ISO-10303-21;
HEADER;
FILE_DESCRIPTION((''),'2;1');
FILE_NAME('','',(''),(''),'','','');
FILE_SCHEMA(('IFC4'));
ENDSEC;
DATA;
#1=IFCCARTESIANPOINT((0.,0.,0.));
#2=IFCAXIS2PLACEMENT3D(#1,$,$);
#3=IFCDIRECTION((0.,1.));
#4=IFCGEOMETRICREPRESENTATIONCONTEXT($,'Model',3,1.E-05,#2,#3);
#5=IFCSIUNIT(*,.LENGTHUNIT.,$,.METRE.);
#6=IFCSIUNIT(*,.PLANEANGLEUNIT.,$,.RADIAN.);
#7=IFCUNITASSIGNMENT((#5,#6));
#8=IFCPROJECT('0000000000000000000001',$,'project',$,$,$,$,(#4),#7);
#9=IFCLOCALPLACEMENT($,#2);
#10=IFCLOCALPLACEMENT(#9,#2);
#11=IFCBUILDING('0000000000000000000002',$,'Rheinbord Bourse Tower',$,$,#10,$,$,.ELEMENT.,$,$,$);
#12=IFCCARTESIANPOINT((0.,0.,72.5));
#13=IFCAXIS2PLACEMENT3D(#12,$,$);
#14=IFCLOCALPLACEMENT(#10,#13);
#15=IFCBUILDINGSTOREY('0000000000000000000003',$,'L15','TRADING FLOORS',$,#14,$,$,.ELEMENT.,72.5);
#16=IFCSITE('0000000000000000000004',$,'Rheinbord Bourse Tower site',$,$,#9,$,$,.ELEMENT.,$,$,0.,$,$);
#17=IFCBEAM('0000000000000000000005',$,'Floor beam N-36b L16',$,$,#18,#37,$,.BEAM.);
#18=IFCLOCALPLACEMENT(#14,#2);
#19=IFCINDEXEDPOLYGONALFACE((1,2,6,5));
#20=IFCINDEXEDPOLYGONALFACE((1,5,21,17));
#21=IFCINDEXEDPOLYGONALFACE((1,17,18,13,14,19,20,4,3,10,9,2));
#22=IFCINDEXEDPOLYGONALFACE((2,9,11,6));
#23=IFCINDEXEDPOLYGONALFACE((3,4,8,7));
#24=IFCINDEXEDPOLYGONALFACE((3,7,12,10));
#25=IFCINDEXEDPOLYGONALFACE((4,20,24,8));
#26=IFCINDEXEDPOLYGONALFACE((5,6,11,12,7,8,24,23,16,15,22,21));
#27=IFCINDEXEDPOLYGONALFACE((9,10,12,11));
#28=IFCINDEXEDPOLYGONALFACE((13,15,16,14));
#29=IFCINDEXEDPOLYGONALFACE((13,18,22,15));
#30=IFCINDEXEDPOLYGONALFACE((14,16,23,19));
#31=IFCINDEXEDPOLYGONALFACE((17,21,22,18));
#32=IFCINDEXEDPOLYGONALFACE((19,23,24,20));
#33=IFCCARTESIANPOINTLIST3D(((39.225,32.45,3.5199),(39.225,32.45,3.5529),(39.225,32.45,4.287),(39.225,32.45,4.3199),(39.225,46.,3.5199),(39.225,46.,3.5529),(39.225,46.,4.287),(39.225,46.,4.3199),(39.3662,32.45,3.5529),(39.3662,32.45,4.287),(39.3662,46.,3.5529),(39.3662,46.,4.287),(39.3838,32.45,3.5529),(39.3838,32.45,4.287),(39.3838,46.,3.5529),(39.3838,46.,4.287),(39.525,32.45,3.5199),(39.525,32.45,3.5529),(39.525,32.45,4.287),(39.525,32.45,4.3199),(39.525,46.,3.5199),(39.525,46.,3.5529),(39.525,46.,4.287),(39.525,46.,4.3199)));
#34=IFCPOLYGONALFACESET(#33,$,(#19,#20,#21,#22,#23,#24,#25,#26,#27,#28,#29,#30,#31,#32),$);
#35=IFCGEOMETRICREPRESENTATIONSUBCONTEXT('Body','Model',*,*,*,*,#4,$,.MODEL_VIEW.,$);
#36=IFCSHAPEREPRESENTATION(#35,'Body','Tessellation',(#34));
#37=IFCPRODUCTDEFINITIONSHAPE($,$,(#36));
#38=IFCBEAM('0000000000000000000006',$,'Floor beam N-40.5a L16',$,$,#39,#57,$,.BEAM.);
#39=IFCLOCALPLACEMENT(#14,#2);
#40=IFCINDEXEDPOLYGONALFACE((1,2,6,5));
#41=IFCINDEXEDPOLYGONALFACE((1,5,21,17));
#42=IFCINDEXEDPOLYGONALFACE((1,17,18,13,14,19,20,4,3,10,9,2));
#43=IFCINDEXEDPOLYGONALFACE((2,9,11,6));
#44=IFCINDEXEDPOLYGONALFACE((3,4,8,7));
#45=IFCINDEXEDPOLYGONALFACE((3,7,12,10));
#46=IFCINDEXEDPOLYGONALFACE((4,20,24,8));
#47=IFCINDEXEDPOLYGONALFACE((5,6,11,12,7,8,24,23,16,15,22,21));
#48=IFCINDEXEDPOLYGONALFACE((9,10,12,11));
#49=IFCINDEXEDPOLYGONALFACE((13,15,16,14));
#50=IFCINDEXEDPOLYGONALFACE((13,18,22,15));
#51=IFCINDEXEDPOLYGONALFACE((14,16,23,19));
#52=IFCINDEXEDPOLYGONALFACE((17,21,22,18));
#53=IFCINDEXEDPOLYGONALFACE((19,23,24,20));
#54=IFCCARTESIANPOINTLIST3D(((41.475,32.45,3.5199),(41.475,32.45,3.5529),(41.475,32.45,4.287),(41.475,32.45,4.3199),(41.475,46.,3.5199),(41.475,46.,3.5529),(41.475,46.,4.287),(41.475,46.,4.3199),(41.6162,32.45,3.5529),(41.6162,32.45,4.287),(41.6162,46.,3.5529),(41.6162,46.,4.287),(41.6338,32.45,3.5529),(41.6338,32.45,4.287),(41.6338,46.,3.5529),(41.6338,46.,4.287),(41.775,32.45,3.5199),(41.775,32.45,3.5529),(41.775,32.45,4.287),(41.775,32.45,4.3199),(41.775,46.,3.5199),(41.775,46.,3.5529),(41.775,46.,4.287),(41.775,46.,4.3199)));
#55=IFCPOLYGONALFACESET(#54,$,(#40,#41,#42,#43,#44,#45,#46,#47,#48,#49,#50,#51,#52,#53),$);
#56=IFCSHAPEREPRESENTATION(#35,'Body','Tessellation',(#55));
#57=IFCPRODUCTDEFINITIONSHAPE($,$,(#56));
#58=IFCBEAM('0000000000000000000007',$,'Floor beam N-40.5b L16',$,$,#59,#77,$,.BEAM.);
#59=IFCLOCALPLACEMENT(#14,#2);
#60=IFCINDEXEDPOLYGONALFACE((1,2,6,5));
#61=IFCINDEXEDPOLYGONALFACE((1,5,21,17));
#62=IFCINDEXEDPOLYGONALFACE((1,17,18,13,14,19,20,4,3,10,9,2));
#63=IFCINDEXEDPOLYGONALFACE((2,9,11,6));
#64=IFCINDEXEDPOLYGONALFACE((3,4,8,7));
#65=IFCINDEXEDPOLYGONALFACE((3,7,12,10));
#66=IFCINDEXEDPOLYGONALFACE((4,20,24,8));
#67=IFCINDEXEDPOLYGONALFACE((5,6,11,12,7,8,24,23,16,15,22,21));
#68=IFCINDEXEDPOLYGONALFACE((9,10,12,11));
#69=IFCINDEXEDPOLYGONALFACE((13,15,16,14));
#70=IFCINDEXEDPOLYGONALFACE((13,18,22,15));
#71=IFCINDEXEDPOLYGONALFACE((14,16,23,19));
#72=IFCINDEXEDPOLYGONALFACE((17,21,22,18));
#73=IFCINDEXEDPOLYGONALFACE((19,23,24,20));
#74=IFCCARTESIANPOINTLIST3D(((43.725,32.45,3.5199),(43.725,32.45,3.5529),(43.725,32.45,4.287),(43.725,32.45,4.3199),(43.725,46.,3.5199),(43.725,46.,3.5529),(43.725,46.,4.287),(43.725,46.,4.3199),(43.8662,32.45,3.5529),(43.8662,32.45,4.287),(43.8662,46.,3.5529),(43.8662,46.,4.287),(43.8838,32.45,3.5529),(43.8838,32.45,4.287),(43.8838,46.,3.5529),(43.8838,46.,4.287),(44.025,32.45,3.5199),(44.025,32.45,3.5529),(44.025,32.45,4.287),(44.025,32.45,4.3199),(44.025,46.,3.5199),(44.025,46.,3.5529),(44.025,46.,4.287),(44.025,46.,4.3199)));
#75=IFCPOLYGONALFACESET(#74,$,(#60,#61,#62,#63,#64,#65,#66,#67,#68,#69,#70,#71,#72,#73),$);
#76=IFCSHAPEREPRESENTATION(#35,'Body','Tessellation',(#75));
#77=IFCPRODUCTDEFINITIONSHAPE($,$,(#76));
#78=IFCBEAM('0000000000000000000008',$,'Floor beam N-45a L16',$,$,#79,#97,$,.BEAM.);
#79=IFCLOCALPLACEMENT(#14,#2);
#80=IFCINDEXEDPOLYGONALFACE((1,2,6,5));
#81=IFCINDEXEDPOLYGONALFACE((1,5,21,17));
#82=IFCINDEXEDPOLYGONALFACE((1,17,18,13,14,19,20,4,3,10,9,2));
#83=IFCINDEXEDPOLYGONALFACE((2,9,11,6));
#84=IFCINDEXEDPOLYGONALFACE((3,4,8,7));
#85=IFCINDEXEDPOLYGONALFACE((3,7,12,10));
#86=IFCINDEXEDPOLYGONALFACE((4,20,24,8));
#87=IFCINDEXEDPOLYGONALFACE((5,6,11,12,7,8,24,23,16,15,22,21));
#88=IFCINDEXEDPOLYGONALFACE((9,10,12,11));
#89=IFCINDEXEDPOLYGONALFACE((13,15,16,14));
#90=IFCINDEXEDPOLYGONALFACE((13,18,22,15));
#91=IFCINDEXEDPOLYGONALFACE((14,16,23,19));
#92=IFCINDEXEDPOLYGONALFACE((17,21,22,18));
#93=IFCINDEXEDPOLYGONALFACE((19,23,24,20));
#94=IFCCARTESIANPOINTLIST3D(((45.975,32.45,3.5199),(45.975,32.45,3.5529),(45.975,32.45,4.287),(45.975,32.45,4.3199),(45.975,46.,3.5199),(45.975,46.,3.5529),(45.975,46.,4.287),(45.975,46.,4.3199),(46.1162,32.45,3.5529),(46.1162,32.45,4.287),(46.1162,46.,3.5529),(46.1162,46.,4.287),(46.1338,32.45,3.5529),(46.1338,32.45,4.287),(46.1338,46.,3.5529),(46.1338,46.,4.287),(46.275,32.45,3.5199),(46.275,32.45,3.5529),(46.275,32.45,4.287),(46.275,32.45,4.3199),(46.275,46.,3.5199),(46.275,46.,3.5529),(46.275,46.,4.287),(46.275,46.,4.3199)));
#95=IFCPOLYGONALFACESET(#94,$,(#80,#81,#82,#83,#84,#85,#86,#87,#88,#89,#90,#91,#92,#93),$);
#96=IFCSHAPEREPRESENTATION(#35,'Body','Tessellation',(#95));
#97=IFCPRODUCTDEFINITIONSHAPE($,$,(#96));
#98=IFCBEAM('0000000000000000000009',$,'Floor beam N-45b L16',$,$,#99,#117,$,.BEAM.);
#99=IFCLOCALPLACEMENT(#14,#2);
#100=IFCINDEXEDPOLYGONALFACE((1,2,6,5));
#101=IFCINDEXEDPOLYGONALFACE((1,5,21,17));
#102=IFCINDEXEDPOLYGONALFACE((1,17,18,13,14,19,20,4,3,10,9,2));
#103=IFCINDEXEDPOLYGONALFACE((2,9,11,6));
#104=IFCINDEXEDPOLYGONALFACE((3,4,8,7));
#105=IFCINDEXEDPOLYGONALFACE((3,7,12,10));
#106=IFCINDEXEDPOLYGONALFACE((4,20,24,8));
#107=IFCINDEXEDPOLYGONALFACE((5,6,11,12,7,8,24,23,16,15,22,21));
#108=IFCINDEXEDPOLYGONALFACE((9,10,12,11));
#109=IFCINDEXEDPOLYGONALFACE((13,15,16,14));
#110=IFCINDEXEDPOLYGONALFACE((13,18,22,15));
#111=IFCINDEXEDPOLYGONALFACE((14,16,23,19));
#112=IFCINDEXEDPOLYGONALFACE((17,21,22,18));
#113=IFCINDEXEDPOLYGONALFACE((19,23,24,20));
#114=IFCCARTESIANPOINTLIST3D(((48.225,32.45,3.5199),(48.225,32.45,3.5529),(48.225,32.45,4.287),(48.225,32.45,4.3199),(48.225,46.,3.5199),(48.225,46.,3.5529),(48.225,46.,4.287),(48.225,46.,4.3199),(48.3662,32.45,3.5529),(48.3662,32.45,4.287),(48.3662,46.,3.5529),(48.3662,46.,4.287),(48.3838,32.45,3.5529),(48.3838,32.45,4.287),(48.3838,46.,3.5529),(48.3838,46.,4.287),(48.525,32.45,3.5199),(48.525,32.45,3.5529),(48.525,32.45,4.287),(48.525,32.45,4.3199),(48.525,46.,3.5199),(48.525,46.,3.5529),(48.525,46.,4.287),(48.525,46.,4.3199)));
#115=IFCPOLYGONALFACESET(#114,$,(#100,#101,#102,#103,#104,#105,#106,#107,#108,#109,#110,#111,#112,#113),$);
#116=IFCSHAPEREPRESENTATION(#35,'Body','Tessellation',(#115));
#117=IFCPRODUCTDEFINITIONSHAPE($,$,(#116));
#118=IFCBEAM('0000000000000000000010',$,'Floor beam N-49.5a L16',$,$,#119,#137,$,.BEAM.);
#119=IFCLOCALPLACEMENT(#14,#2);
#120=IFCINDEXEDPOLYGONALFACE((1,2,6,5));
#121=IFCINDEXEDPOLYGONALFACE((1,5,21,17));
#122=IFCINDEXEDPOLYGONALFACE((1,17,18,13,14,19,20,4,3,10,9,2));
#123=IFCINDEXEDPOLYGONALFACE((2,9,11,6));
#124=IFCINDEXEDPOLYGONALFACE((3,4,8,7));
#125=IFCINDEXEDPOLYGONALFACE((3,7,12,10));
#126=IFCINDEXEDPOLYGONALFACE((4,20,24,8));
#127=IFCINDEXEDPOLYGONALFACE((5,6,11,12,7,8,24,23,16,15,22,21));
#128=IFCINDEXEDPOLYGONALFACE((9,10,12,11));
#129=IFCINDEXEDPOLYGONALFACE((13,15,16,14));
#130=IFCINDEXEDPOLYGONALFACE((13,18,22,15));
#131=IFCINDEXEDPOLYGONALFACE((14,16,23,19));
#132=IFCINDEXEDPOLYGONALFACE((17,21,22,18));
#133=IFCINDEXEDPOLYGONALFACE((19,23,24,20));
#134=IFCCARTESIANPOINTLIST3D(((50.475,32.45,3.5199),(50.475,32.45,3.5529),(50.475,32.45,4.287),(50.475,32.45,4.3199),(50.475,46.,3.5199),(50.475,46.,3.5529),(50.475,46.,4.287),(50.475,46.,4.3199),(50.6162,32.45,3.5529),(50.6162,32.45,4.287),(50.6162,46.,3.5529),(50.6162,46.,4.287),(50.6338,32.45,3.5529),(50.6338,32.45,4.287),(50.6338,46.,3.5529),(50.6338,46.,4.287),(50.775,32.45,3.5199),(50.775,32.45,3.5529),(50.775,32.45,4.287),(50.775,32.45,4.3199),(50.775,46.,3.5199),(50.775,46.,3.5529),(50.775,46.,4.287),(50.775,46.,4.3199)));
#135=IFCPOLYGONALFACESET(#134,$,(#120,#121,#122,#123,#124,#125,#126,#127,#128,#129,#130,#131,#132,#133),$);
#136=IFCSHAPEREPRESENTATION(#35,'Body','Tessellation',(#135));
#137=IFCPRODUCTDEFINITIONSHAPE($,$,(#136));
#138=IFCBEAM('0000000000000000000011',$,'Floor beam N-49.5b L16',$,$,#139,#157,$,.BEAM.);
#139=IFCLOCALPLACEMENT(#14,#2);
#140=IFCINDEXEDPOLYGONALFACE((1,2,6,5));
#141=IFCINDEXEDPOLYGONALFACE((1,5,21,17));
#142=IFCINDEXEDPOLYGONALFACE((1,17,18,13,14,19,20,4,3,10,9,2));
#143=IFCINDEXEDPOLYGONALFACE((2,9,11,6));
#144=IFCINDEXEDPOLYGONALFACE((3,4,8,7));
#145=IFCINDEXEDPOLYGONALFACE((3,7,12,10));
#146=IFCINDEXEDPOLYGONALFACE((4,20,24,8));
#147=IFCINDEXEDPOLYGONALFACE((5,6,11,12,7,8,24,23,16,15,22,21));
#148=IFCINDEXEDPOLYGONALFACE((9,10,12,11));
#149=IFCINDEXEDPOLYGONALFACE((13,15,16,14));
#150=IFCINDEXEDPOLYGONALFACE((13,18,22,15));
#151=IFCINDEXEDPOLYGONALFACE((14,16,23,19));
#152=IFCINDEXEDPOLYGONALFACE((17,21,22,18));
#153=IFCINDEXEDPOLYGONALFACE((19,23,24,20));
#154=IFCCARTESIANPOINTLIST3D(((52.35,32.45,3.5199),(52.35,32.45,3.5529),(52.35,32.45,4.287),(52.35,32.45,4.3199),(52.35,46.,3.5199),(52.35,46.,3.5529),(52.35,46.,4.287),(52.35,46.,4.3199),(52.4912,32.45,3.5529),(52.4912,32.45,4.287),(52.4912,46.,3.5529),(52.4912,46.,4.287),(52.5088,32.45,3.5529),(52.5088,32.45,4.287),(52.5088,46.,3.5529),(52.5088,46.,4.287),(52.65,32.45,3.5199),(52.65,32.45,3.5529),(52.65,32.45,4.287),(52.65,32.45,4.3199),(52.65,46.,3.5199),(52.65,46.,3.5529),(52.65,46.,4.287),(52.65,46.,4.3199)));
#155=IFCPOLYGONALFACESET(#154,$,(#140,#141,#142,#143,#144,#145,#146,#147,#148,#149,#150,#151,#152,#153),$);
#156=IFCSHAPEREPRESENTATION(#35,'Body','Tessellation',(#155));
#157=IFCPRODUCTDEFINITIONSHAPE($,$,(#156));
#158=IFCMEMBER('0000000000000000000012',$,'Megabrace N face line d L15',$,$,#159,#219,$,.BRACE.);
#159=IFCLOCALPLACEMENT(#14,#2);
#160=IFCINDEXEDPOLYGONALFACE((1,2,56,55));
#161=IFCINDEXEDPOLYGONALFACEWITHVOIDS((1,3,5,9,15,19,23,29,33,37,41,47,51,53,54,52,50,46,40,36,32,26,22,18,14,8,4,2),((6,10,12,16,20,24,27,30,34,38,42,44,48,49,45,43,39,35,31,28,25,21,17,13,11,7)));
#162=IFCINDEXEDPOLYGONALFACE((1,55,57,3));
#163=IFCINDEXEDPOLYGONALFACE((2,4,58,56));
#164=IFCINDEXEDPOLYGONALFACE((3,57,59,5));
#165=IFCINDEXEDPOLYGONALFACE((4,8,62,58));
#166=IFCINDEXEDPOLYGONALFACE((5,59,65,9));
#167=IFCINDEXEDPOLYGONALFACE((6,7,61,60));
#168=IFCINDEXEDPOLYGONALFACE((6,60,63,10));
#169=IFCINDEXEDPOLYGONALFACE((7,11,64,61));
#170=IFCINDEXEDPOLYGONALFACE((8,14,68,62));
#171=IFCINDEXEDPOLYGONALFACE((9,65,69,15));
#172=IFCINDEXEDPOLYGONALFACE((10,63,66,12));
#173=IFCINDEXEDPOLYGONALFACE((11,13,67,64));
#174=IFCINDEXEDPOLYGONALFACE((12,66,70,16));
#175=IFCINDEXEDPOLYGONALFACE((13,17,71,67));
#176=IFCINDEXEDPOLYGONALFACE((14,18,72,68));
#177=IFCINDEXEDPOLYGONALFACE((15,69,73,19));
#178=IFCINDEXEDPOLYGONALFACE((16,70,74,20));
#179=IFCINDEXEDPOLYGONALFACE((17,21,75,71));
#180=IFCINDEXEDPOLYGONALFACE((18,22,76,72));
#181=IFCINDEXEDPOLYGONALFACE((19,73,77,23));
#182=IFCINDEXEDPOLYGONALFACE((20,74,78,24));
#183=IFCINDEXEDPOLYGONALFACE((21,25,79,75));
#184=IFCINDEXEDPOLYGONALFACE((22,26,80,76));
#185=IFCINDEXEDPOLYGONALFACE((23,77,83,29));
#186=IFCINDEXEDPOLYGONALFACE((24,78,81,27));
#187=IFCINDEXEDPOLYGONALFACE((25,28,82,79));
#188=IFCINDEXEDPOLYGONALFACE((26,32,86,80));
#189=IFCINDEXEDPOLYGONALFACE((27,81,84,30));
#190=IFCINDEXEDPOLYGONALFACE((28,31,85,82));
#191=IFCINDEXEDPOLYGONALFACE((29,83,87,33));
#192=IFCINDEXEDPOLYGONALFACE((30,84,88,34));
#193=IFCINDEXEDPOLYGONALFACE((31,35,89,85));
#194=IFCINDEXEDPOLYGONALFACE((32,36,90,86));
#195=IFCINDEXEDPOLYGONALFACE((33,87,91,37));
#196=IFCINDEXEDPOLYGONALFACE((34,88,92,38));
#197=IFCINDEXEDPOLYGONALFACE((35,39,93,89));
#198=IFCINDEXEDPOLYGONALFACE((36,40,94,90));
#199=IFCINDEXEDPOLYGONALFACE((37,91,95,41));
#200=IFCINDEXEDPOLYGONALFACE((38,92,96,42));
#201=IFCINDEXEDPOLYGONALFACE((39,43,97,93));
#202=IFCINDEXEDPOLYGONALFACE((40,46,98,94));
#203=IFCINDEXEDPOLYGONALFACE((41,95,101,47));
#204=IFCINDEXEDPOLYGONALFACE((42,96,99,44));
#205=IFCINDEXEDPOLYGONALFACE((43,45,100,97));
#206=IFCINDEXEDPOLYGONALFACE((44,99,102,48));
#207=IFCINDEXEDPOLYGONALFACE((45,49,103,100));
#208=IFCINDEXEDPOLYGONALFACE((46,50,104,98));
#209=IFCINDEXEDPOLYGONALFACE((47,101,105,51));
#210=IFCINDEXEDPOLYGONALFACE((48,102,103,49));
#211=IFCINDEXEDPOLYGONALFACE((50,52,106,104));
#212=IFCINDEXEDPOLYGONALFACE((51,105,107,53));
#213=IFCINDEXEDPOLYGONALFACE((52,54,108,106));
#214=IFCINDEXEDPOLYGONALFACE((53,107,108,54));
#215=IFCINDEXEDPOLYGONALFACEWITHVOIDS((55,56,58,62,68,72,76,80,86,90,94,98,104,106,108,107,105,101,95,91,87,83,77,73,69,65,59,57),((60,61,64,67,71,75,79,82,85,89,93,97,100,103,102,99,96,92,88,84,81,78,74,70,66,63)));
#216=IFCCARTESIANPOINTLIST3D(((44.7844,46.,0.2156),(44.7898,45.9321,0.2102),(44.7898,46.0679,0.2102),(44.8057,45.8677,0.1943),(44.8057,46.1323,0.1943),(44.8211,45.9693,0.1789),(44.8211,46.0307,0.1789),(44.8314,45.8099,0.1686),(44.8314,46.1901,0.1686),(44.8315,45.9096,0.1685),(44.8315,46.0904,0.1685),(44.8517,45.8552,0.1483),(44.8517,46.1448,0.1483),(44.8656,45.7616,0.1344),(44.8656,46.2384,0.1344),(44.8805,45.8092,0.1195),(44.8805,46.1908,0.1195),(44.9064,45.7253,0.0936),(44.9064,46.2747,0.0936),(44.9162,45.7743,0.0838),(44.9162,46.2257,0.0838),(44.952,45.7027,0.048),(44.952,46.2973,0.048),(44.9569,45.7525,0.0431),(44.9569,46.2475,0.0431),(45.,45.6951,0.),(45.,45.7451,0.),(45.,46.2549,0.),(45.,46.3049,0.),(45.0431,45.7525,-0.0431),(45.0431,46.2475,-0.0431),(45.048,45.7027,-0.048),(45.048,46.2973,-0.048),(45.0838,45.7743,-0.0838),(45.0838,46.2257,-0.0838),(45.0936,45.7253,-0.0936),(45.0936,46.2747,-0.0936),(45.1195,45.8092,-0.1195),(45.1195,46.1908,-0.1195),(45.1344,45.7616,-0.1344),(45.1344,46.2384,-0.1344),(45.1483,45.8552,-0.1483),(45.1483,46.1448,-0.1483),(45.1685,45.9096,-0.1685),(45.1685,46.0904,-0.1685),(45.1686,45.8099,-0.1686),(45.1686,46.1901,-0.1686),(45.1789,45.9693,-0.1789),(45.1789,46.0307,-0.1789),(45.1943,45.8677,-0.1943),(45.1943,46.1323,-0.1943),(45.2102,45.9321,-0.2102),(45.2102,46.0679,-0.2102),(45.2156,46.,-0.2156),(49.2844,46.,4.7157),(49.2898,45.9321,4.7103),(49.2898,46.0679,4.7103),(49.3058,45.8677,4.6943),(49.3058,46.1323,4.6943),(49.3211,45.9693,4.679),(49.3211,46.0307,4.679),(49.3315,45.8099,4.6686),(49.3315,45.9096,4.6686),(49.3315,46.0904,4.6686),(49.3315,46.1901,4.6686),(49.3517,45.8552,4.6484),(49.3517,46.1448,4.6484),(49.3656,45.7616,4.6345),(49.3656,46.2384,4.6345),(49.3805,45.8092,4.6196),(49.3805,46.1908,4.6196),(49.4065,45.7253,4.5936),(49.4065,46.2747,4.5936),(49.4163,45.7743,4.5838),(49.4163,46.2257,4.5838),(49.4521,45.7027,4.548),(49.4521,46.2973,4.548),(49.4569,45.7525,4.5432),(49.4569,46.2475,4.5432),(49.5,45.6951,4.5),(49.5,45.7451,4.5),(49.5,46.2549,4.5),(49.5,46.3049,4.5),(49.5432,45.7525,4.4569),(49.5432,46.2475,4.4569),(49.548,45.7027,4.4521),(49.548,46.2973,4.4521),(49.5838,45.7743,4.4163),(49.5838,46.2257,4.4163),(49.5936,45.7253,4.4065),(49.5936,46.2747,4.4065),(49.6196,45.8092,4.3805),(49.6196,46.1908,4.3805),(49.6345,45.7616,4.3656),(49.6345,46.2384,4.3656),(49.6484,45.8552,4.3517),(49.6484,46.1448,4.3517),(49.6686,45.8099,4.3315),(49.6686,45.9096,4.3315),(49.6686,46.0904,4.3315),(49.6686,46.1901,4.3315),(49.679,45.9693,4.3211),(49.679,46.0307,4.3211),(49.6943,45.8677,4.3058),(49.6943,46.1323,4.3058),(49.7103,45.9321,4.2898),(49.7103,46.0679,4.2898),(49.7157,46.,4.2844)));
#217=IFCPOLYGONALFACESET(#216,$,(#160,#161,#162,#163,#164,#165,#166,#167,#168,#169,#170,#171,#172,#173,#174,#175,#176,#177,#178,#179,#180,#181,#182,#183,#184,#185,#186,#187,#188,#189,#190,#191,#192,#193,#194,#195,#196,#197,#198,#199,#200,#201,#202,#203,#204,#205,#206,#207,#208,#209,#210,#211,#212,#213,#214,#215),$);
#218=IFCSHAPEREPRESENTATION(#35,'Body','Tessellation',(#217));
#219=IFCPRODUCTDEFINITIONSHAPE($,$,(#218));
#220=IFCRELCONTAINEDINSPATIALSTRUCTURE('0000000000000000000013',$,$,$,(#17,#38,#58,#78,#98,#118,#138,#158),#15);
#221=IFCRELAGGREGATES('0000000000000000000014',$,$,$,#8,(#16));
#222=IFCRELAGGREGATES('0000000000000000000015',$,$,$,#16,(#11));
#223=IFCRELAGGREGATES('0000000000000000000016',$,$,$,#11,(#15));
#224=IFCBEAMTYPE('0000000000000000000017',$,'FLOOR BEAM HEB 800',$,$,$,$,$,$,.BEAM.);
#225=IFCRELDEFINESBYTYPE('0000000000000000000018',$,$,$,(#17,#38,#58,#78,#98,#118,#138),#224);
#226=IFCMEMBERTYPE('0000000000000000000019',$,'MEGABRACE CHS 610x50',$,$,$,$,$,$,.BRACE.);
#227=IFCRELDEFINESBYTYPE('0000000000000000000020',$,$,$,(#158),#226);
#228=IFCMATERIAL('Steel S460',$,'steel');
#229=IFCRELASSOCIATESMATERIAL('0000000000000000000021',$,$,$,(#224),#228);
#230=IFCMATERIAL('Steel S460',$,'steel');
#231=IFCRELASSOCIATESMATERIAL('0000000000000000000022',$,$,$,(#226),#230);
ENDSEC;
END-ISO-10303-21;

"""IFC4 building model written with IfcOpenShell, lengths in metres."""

from ifc_helpers import new_model, si_unit, direction, frame, origin, origin_2d, place, context, subcontext, project, spatial, hollow_circle, i_section, extrude, material, material_profile, profile_set, type_object, element, save


model = new_model("IFC4")

# Units and contexts
model_context = context("Model", 3, precision=1e-05, world=origin(), true_north=direction((0.0, 1.0)))
body_context = subcontext(model_context, "Body", "Model", "MODEL_VIEW")
ifc_project = project(units=[si_unit("LENGTHUNIT", "METRE"), si_unit("PLANEANGLEUNIT", "RADIAN")], contexts=[model_context])

# Site, building, storey
site_placement = place(None, origin())
site = spatial("IfcSite", under=ifc_project, at=site_placement, Name="Rheinbord Bourse Tower site", CompositionType="ELEMENT", RefElevation=0.0)
building_placement = place(site_placement, origin())
building = spatial("IfcBuilding", under=site, at=building_placement, Name="Rheinbord Bourse Tower", CompositionType="ELEMENT")
storey_placement = place(building_placement, frame((0.0, 0.0, 72.5)))
storey = spatial("IfcBuildingStorey", under=building, at=storey_placement, Name="L15", Description="TRADING FLOORS", CompositionType="ELEMENT", Elevation=72.5)

# Beams
ifc_material_1 = material(Name="Steel S460", Category="steel")
ifc_material_profile_1 = material_profile(ifc_material_1, i_section(OverallWidth=0.3, OverallDepth=0.8, WebThickness=0.0176, FlangeThickness=0.033, at=origin_2d()), Name="HEB 800")
ifc_profile_set_1 = profile_set([ifc_material_profile_1], Name="Steel S460")
beam_type_1 = type_object("IfcBeamType", Name="FLOOR BEAM HEB 800", PredefinedType="BEAM", material=ifc_profile_set_1)
for number, where, z_axis, x_axis, name in (
    (1, (39.375, 46.0, 3.9199), (0.0, -1.0, 0.0), (1.0, 0.0, 0.0), "Floor beam N-36b L16"),
    (2, (41.625, 46.0, 3.9199), (0.0, -1.0, 0.0), (1.0, 0.0, 0.0), "Floor beam N-40.5a L16"),
    (3, (43.875, 46.0, 3.9199), (0.0, -1.0, 0.0), (1.0, 0.0, 0.0), "Floor beam N-40.5b L16"),
    (4, (46.125, 46.0, 3.9199), (0.0, -1.0, 0.0), (1.0, 0.0, 0.0), "Floor beam N-45a L16"),
    (5, (48.375, 46.0, 3.9199), (0.0, -1.0, 0.0), (1.0, 0.0, 0.0), "Floor beam N-45b L16"),
    (6, (50.625, 46.0, 3.9199), (0.0, -1.0, 0.0), (1.0, 0.0, 0.0), "Floor beam N-49.5a L16"),
    (7, (52.5, 46.0, 3.9199), (0.0, -1.0, 0.0), (1.0, 0.0, 0.0), "Floor beam N-49.5b L16"),
):
    element("IfcBeam", number, at=place(storey_placement, frame(where, z_axis=z_axis, x_axis=x_axis)), inside=storey, type_object=beam_type_1, Name=name, PredefinedType="BEAM", context=body_context, shape_type="SweptSolid", body=[
        extrude(i_section(OverallWidth=0.3, OverallDepth=0.8, WebThickness=0.0176, FlangeThickness=0.033, at=origin_2d()), origin(), (0.0, 0.0, 1.0), 13.55),
    ])

# Member
ifc_material_2 = material(Name="Steel S460", Category="steel")
ifc_material_profile_2 = material_profile(ifc_material_2, hollow_circle(Radius=0.3049, WallThickness=0.05, at=origin_2d()), Name="CHS 610x50")
ifc_profile_set_2 = profile_set([ifc_material_profile_2], Name="Steel S460")
member_type_1 = type_object("IfcMemberType", Name="MEGABRACE CHS 610x50", PredefinedType="BRACE", material=ifc_profile_set_2)
member_1_placement = place(storey_placement, frame((45.0, 46.0, 0.0), z_axis=(0.707107, 0.0, 0.707107), x_axis=(0.0, 1.0, 0.0)))
element("IfcMember", 8, at=member_1_placement, inside=storey, type_object=member_type_1, Name="Megabrace N face line d L15", PredefinedType="BRACE", context=body_context, shape_type="SweptSolid", body=[
    extrude(hollow_circle(Radius=0.3049, WallThickness=0.05, at=origin_2d()), origin(), (0.0, 0.0, 1.0), 6.364),
])

save(model, "model.ifc")
